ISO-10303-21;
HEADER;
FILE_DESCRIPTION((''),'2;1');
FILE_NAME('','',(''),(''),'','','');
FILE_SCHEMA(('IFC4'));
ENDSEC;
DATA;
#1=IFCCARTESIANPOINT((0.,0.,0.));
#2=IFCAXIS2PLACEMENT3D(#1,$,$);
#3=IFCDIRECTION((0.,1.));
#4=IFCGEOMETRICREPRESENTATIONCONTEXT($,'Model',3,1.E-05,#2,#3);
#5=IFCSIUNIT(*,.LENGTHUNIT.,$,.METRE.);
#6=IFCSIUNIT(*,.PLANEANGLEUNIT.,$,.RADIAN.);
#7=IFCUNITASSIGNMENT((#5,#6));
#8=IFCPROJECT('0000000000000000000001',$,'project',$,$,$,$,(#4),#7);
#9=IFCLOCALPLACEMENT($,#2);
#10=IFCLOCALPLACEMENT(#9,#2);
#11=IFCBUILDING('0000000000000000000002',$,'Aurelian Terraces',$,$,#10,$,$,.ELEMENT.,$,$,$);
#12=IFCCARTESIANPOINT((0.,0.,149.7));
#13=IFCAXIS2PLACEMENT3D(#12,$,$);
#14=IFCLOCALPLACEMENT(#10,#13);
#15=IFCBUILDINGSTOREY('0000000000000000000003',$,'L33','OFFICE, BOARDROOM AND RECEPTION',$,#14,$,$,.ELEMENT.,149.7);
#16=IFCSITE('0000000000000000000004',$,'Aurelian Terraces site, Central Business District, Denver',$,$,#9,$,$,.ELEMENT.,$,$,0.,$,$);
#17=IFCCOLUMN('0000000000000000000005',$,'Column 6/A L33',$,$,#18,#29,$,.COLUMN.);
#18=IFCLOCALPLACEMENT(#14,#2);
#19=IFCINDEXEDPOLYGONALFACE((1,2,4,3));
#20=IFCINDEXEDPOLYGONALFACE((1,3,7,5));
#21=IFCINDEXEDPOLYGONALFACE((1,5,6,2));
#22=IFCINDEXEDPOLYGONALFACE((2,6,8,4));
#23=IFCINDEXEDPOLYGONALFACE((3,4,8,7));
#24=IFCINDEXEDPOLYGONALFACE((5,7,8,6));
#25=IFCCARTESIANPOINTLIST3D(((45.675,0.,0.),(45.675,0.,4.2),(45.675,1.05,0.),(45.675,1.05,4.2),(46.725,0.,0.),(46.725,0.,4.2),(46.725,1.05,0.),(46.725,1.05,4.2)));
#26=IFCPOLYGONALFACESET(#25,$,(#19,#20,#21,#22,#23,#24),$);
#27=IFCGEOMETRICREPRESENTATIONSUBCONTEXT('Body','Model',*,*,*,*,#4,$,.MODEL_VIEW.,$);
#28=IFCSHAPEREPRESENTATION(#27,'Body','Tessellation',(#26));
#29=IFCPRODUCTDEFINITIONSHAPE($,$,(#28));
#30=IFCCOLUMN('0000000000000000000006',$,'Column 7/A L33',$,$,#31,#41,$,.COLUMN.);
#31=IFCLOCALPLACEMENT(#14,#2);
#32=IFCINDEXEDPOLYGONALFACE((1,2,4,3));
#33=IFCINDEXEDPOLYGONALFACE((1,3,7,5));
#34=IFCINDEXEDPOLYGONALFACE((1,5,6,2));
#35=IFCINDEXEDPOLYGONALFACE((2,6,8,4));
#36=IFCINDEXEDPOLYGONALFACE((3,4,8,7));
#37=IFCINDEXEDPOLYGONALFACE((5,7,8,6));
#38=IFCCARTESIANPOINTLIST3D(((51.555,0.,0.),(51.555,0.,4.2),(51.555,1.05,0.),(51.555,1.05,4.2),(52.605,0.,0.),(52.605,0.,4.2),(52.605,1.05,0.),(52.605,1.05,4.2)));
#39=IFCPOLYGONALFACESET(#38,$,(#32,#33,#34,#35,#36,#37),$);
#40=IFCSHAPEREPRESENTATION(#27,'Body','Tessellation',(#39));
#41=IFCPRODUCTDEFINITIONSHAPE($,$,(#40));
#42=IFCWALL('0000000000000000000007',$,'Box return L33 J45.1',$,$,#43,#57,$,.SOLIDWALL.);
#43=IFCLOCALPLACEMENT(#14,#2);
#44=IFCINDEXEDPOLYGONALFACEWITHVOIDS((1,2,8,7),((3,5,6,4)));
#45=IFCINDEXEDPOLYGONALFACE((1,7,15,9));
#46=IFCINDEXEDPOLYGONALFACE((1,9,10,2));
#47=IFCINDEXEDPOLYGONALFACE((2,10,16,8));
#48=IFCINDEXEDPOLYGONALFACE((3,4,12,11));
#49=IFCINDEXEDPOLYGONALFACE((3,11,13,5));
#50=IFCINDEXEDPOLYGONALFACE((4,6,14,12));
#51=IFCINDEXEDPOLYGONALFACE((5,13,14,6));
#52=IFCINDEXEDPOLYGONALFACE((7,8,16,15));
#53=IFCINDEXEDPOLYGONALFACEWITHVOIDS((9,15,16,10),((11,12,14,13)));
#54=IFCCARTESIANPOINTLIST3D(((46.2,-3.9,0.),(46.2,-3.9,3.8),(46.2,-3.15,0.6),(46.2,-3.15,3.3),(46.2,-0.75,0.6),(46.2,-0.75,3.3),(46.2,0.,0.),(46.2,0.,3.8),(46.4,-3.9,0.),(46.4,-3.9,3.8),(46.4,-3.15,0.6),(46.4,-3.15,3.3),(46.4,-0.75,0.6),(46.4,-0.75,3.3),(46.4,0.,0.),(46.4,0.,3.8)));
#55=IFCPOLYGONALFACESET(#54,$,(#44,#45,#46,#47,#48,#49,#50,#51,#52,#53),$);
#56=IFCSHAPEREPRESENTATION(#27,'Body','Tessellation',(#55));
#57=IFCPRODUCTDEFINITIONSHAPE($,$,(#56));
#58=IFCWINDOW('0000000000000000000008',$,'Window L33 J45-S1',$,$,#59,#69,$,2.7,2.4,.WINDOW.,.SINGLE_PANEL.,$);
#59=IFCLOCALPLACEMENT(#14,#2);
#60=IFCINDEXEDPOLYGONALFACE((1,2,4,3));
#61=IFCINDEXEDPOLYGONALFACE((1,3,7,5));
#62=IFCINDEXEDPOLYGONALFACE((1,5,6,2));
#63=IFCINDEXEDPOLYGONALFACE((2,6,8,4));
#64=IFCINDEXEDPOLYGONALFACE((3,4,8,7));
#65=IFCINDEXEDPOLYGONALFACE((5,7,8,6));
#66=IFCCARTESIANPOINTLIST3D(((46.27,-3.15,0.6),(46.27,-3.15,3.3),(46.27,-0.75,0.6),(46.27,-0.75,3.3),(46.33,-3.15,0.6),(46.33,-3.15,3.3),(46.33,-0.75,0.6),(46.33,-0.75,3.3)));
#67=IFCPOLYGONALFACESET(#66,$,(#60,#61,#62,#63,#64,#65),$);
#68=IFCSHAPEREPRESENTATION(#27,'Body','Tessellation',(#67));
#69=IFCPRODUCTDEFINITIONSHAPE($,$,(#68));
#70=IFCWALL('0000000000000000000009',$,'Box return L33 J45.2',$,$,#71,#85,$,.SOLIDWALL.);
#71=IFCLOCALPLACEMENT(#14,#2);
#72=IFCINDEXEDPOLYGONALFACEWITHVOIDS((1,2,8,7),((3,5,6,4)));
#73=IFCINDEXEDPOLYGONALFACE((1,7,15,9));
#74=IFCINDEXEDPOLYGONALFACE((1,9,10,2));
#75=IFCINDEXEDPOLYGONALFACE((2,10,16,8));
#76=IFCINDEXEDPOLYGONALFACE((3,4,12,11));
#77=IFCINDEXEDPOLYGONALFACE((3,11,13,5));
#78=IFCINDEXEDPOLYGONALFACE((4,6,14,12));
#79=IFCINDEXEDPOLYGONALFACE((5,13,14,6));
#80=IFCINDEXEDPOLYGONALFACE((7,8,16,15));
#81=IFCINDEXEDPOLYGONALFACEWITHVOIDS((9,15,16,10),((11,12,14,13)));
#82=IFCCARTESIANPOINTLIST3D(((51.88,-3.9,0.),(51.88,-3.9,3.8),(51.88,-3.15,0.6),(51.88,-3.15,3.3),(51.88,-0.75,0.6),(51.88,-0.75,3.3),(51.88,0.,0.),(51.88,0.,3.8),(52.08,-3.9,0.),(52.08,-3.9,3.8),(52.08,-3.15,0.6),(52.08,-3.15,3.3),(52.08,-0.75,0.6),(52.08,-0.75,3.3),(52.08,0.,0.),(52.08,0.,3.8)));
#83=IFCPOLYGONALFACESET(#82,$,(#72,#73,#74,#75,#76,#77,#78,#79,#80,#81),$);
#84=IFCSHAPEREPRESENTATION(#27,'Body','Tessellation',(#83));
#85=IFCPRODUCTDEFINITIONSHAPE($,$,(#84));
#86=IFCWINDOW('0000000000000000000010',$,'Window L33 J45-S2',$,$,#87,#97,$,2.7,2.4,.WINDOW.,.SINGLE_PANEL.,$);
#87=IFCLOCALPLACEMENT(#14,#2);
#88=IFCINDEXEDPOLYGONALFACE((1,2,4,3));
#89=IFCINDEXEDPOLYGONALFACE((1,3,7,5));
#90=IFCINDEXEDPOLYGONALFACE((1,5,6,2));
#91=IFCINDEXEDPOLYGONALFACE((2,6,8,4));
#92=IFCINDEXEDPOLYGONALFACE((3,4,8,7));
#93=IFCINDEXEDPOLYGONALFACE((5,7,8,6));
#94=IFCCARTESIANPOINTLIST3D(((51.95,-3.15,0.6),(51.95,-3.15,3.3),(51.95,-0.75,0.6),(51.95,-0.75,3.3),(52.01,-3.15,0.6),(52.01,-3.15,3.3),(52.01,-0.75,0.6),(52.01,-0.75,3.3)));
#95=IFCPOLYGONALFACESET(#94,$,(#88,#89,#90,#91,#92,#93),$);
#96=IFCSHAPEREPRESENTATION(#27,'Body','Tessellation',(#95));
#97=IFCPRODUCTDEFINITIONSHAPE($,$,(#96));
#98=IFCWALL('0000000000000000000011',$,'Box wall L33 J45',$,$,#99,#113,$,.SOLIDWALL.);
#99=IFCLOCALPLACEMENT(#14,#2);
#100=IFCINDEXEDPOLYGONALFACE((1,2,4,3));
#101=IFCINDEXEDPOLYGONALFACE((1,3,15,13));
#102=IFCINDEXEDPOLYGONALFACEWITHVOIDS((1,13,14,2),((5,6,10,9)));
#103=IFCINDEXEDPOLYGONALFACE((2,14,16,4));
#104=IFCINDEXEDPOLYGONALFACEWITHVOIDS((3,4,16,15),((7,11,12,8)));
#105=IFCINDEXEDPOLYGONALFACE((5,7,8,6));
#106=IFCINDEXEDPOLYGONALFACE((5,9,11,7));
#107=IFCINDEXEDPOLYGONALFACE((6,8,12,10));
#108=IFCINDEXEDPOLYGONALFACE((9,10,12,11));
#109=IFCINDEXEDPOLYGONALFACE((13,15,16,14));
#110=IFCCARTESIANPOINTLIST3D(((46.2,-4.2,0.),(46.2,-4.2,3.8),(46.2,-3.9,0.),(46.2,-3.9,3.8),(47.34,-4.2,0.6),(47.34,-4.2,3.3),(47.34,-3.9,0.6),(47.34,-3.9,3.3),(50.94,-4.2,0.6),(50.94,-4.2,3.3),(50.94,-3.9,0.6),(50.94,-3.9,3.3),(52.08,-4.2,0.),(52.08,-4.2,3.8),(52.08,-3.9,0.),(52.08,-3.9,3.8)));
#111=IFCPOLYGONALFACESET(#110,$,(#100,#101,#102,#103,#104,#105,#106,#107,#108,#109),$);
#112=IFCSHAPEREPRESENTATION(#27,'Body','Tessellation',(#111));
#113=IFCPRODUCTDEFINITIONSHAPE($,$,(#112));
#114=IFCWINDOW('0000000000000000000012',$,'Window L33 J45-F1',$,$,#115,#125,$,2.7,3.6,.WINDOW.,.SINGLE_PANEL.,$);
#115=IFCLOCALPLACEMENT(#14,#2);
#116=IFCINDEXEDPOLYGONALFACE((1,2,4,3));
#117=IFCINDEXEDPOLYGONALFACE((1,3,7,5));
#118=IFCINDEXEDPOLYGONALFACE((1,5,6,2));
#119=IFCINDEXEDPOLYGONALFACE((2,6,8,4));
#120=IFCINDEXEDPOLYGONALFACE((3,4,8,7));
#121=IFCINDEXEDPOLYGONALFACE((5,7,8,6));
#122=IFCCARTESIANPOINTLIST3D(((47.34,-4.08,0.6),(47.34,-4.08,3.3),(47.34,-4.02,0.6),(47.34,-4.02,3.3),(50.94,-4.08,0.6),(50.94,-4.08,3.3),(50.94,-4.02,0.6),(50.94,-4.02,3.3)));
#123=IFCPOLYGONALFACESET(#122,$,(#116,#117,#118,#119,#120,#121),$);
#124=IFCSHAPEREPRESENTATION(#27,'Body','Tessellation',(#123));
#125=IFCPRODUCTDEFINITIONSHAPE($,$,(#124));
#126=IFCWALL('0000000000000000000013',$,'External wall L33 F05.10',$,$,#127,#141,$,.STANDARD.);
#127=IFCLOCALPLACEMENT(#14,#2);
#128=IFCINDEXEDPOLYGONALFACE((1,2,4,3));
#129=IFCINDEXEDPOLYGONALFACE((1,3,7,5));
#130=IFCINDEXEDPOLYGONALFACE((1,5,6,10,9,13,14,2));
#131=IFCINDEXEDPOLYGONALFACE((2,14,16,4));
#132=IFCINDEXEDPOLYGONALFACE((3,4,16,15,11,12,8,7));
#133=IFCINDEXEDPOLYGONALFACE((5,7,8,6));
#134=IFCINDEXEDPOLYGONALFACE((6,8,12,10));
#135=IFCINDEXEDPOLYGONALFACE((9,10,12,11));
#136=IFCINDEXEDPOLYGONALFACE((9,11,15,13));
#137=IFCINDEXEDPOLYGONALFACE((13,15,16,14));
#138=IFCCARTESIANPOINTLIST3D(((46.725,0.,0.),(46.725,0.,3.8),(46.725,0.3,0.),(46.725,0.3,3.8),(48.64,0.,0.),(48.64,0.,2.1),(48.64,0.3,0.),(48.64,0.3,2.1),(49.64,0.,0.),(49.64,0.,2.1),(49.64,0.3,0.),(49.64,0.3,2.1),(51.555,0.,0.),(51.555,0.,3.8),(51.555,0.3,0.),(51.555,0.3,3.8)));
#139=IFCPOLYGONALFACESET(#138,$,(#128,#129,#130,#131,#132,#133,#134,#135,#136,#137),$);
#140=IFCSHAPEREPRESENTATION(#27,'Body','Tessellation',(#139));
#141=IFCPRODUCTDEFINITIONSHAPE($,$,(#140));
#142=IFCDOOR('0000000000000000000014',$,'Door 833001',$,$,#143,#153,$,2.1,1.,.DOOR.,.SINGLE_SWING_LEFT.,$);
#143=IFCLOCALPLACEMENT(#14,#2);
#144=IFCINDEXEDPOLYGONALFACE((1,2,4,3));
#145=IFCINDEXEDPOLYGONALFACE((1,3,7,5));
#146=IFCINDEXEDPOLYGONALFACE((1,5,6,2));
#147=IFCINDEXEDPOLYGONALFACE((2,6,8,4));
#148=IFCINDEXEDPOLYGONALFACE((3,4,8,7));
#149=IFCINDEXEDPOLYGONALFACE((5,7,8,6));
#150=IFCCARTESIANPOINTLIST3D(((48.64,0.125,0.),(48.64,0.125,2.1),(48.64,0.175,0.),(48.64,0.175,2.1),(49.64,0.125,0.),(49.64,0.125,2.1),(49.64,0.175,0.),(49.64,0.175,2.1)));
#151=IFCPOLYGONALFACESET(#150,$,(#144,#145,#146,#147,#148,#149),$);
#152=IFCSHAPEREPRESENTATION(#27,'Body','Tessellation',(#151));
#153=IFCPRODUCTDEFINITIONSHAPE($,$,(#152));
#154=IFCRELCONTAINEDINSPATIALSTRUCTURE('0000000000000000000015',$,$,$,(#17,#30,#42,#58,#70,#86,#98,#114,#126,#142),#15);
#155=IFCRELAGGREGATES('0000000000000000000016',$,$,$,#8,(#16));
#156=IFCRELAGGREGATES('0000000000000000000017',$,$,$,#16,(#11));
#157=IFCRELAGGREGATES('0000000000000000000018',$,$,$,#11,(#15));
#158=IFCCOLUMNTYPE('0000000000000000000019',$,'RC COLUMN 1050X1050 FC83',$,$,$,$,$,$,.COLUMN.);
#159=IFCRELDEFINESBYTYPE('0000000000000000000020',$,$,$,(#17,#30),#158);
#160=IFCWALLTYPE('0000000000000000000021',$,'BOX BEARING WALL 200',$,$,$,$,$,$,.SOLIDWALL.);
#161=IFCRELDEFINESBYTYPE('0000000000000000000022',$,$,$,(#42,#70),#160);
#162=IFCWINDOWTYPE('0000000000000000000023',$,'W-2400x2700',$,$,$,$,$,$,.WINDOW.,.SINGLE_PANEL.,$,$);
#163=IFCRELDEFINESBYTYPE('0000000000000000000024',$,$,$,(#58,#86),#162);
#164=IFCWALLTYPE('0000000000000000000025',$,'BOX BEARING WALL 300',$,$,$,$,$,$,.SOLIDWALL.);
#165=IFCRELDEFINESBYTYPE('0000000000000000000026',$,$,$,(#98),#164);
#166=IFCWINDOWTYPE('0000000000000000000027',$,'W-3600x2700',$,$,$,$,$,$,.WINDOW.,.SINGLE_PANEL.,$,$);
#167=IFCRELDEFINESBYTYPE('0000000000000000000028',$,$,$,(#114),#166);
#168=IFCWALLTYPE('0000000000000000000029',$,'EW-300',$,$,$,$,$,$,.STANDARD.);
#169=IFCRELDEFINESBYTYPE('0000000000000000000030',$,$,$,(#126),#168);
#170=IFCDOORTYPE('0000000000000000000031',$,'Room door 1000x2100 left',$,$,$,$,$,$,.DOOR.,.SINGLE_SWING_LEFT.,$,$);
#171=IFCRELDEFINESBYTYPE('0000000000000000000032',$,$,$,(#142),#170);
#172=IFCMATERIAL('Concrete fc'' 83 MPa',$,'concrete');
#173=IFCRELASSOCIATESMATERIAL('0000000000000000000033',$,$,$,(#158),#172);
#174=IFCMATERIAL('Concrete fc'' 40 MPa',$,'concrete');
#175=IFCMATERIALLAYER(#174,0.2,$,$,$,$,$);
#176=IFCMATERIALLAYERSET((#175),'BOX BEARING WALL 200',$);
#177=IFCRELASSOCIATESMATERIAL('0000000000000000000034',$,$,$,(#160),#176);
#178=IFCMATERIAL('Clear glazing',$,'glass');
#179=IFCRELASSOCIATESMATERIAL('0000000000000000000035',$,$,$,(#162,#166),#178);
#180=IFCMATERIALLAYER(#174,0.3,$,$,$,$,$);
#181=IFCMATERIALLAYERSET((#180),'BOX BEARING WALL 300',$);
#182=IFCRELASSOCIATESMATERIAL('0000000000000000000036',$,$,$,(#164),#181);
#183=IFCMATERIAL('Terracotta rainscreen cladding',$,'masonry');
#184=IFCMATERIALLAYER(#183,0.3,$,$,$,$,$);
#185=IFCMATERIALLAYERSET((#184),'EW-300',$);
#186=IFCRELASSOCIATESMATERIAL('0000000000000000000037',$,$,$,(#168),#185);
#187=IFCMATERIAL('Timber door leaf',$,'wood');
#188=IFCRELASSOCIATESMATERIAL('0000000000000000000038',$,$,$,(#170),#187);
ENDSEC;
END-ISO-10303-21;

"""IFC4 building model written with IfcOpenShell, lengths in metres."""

from ifc_helpers import new_model, si_unit, direction, frame, frame_2d, origin, origin_2d, place, context, subcontext, project, spatial, rectangle, extrude, source, transform, mapped, material, layer, layer_set, material_profile, profile_set, type_object, element, fill, save


model = new_model("IFC4")

# Units and contexts
model_context = context("Model", 3, precision=1e-05, world=origin(), true_north=direction((0.0, 1.0)))
body_context = subcontext(model_context, "Body", "Model", "MODEL_VIEW")
ifc_project = project(units=[si_unit("LENGTHUNIT", "METRE"), si_unit("PLANEANGLEUNIT", "RADIAN")], contexts=[model_context])

# Site, building, storey
site_placement = place(None, origin())
site = spatial("IfcSite", under=ifc_project, at=site_placement, Name="Aurelian Terraces site, Central Business District, Denver", CompositionType="ELEMENT", RefElevation=0.0)
building_placement = place(site_placement, origin())
building = spatial("IfcBuilding", under=site, at=building_placement, Name="Aurelian Terraces", CompositionType="ELEMENT")
storey_placement = place(building_placement, frame((0.0, 0.0, 149.7)))
storey = spatial("IfcBuildingStorey", under=building, at=storey_placement, Name="L33", Description="OFFICE, BOARDROOM AND RECEPTION", CompositionType="ELEMENT", Elevation=149.7)

# Columns
ifc_material_1 = material(Name="Concrete fc' 83 MPa", Category="concrete")
ifc_material_profile = material_profile(ifc_material_1, rectangle(XDim=1.05, YDim=1.05, at=origin_2d()))
ifc_profile_set = profile_set([ifc_material_profile], Name="Concrete fc' 83 MPa")
column_type = type_object("IfcColumnType", Name="RC COLUMN 1050X1050 FC83", PredefinedType="COLUMN", material=ifc_profile_set)
shared_shape_1 = source(origin(), body_context, "Body", "SweptSolid", [
    extrude(rectangle(XDim=1.05, YDim=1.05, at=origin_2d()), origin(), (0.0, 0.0, 1.0), 4.2),
])
for number, where, z_axis, x_axis, name in (
    (1, (46.2, 0.525, 0.0), (0.0, 0.0, 1.0), (1.0, 0.0, 0.0), "Column 6/A L33"),
    (2, (52.08, 0.525, 0.0), (0.0, 0.0, 1.0), (1.0, 0.0, 0.0), "Column 7/A L33"),
):
    element("IfcColumn", number, at=place(storey_placement, frame(where, z_axis=z_axis, x_axis=x_axis)), inside=storey, type_object=column_type, Name=name, PredefinedType="COLUMN", context=body_context, shape_type="MappedRepresentation", body=[
        mapped(shared_shape_1, transform((0.0, 0.0, 0.0), scale=1.0)),
    ])

# Walls, openings, windows
ifc_material_2 = material(Name="Concrete fc' 40 MPa", Category="concrete")
ifc_layer_1 = layer(ifc_material_2, 0.2)
ifc_layer_set_1 = layer_set([ifc_layer_1], Name="BOX BEARING WALL 200")
wall_type_1 = type_object("IfcWallType", Name="BOX BEARING WALL 200", PredefinedType="SOLIDWALL", material=ifc_layer_set_1)
shared_shape_2 = source(origin(), body_context, "Body", "SweptSolid", [
    extrude(rectangle(XDim=3.9, YDim=0.2, at=frame_2d((1.95, 0.0))), origin(), (0.0, 0.0, 1.0), 3.8),
])
wall_1_placement = place(storey_placement, frame((46.3, 0.0, 0.0), z_axis=(0.0, 0.0, 1.0), x_axis=(0.0, -1.0, 0.0)))
wall_1 = element("IfcWall", 3, at=wall_1_placement, inside=storey, type_object=wall_type_1, Name="Box return L33 J45.1", PredefinedType="SOLIDWALL", context=body_context, shape_type="MappedRepresentation", body=[
    mapped(shared_shape_2, transform((0.0, 0.0, 0.0), scale=1.0)),
])
shared_shape_3 = source(origin(), body_context, "Body", "SweptSolid", [
    extrude(rectangle(XDim=2.4, YDim=2.7, at=frame_2d((1.2, 1.35))), frame((0.0, 0.11, 0.0), z_axis=(0.0, -1.0, 0.0), x_axis=(1.0, 0.0, 0.0)), (0.0, 0.0, 1.0), 0.22),
])
opening_1_placement = place(wall_1_placement, frame((0.75, 0.0, 0.6)))
opening_1 = element("IfcOpeningElement", 4, at=opening_1_placement, cuts=wall_1, PredefinedType="OPENING", context=body_context, shape_type="MappedRepresentation", body=[
    mapped(shared_shape_3, transform((0.0, 0.0, 0.0), scale=1.0)),
])
ifc_material_3 = material(Name="Clear glazing", Category="glass")
window_type_1 = type_object("IfcWindowType", Name="W-2400x2700", PartitioningType="SINGLE_PANEL", PredefinedType="WINDOW", material=ifc_material_3)
shared_shape_4 = source(origin(), body_context, "Body", "SweptSolid", [
    extrude(rectangle(XDim=2.4, YDim=2.7, at=frame_2d((1.2, 1.35))), frame((0.0, 0.03, 0.0), z_axis=(0.0, -1.0, 0.0), x_axis=(1.0, 0.0, 0.0)), (0.0, 0.0, 1.0), 0.06),
])
window_1_placement = place(opening_1_placement, origin())
window_1 = element("IfcWindow", 5, at=window_1_placement, inside=storey, type_object=window_type_1, Name="Window L33 J45-S1", OverallHeight=2.7, OverallWidth=2.4, PartitioningType="SINGLE_PANEL", PredefinedType="WINDOW", context=body_context, shape_type="MappedRepresentation", body=[
    mapped(shared_shape_4, transform((0.0, 0.0, 0.0), scale=1.0)),
])
fill(opening_1, window_1)
wall_2_placement = place(storey_placement, frame((51.98, 0.0, 0.0), z_axis=(0.0, 0.0, 1.0), x_axis=(0.0, -1.0, 0.0)))
wall_2 = element("IfcWall", 6, at=wall_2_placement, inside=storey, type_object=wall_type_1, Name="Box return L33 J45.2", PredefinedType="SOLIDWALL", context=body_context, shape_type="MappedRepresentation", body=[
    mapped(shared_shape_2, transform((0.0, 0.0, 0.0), scale=1.0)),
])
opening_2_placement = place(wall_2_placement, frame((0.75, 0.0, 0.6)))
opening_2 = element("IfcOpeningElement", 7, at=opening_2_placement, cuts=wall_2, PredefinedType="OPENING", context=body_context, shape_type="MappedRepresentation", body=[
    mapped(shared_shape_3, transform((0.0, 0.0, 0.0), scale=1.0)),
])
window_2_placement = place(opening_2_placement, origin())
window_2 = element("IfcWindow", 8, at=window_2_placement, inside=storey, type_object=window_type_1, Name="Window L33 J45-S2", OverallHeight=2.7, OverallWidth=2.4, PartitioningType="SINGLE_PANEL", PredefinedType="WINDOW", context=body_context, shape_type="MappedRepresentation", body=[
    mapped(shared_shape_4, transform((0.0, 0.0, 0.0), scale=1.0)),
])
fill(opening_2, window_2)
ifc_layer_2 = layer(ifc_material_2, 0.3)
ifc_layer_set_2 = layer_set([ifc_layer_2], Name="BOX BEARING WALL 300")
wall_type_2 = type_object("IfcWallType", Name="BOX BEARING WALL 300", PredefinedType="SOLIDWALL", material=ifc_layer_set_2)
shared_shape_5 = source(origin(), body_context, "Body", "SweptSolid", [
    extrude(rectangle(XDim=5.88, YDim=0.3, at=frame_2d((2.94, 0.0))), origin(), (0.0, 0.0, 1.0), 3.8),
])
wall_3_placement = place(storey_placement, frame((46.2, -4.05, 0.0), z_axis=(0.0, 0.0, 1.0), x_axis=(1.0, 0.0, 0.0)))
wall_3 = element("IfcWall", 9, at=wall_3_placement, inside=storey, type_object=wall_type_2, Name="Box wall L33 J45", PredefinedType="SOLIDWALL", context=body_context, shape_type="MappedRepresentation", body=[
    mapped(shared_shape_5, transform((0.0, 0.0, 0.0), scale=1.0)),
])
shared_shape_6 = source(origin(), body_context, "Body", "SweptSolid", [
    extrude(rectangle(XDim=3.6, YDim=2.7, at=frame_2d((1.8, 1.35))), frame((0.0, 0.16, 0.0), z_axis=(0.0, -1.0, 0.0), x_axis=(1.0, 0.0, 0.0)), (0.0, 0.0, 1.0), 0.32),
])
opening_3_placement = place(wall_3_placement, frame((1.14, 0.0, 0.6)))
opening_3 = element("IfcOpeningElement", 10, at=opening_3_placement, cuts=wall_3, PredefinedType="OPENING", context=body_context, shape_type="MappedRepresentation", body=[
    mapped(shared_shape_6, transform((0.0, 0.0, 0.0), scale=1.0)),
])
window_type_2 = type_object("IfcWindowType", Name="W-3600x2700", PartitioningType="SINGLE_PANEL", PredefinedType="WINDOW", material=ifc_material_3)
shared_shape_7 = source(origin(), body_context, "Body", "SweptSolid", [
    extrude(rectangle(XDim=3.6, YDim=2.7, at=frame_2d((1.8, 1.35))), frame((0.0, 0.03, 0.0), z_axis=(0.0, -1.0, 0.0), x_axis=(1.0, 0.0, 0.0)), (0.0, 0.0, 1.0), 0.06),
])
window_3_placement = place(opening_3_placement, origin())
window_3 = element("IfcWindow", 11, at=window_3_placement, inside=storey, type_object=window_type_2, Name="Window L33 J45-F1", OverallHeight=2.7, OverallWidth=3.6, PartitioningType="SINGLE_PANEL", PredefinedType="WINDOW", context=body_context, shape_type="MappedRepresentation", body=[
    mapped(shared_shape_7, transform((0.0, 0.0, 0.0), scale=1.0)),
])
fill(opening_3, window_3)

# Wall, opening, door
ifc_material_4 = material(Name="Terracotta rainscreen cladding", Category="masonry")
ifc_layer_3 = layer(ifc_material_4, 0.3)
ifc_layer_set_3 = layer_set([ifc_layer_3], Name="EW-300")
wall_type_3 = type_object("IfcWallType", Name="EW-300", PredefinedType="STANDARD", material=ifc_layer_set_3)
shared_shape_8 = source(origin(), body_context, "Body", "SweptSolid", [
    extrude(rectangle(XDim=4.83, YDim=0.3, at=frame_2d((2.415, 0.0))), origin(), (0.0, 0.0, 1.0), 3.8),
])
wall_4_placement = place(storey_placement, frame((46.725, 0.15, 0.0), z_axis=(0.0, 0.0, 1.0), x_axis=(1.0, 0.0, 0.0)))
wall_4 = element("IfcWall", 12, at=wall_4_placement, inside=storey, type_object=wall_type_3, Name="External wall L33 F05.10", PredefinedType="STANDARD", context=body_context, shape_type="MappedRepresentation", body=[
    mapped(shared_shape_8, transform((0.0, 0.0, 0.0), scale=1.0)),
])
shared_shape_9 = source(origin(), body_context, "Body", "SweptSolid", [
    extrude(rectangle(XDim=1.0, YDim=2.1, at=frame_2d((0.5, 1.05))), frame((0.0, 0.16, 0.0), z_axis=(0.0, -1.0, 0.0), x_axis=(1.0, 0.0, 0.0)), (0.0, 0.0, 1.0), 0.32),
])
opening_4_placement = place(wall_4_placement, frame((1.915, 0.0, 0.0)))
opening_4 = element("IfcOpeningElement", 13, at=opening_4_placement, cuts=wall_4, PredefinedType="OPENING", context=body_context, shape_type="MappedRepresentation", body=[
    mapped(shared_shape_9, transform((0.0, 0.0, 0.0), scale=1.0)),
])
ifc_material_5 = material(Name="Timber door leaf", Category="wood")
door_type = type_object("IfcDoorType", Name="Room door 1000x2100 left", OperationType="SINGLE_SWING_LEFT", PredefinedType="DOOR", material=ifc_material_5)
shared_shape_10 = source(origin(), body_context, "Body", "SweptSolid", [
    extrude(rectangle(XDim=1.0, YDim=2.1, at=frame_2d((0.5, 1.05))), frame((0.0, 0.025, 0.0), z_axis=(0.0, -1.0, 0.0), x_axis=(1.0, 0.0, 0.0)), (0.0, 0.0, 1.0), 0.05),
])
door_placement = place(opening_4_placement, origin())
door = element("IfcDoor", 14, at=door_placement, inside=storey, type_object=door_type, Name="Door 833001", OperationType="SINGLE_SWING_LEFT", OverallHeight=2.1, OverallWidth=1.0, PredefinedType="DOOR", context=body_context, shape_type="MappedRepresentation", body=[
    mapped(shared_shape_10, transform((0.0, 0.0, 0.0), scale=1.0)),
])
fill(opening_4, door)

save(model, "model.ifc")
